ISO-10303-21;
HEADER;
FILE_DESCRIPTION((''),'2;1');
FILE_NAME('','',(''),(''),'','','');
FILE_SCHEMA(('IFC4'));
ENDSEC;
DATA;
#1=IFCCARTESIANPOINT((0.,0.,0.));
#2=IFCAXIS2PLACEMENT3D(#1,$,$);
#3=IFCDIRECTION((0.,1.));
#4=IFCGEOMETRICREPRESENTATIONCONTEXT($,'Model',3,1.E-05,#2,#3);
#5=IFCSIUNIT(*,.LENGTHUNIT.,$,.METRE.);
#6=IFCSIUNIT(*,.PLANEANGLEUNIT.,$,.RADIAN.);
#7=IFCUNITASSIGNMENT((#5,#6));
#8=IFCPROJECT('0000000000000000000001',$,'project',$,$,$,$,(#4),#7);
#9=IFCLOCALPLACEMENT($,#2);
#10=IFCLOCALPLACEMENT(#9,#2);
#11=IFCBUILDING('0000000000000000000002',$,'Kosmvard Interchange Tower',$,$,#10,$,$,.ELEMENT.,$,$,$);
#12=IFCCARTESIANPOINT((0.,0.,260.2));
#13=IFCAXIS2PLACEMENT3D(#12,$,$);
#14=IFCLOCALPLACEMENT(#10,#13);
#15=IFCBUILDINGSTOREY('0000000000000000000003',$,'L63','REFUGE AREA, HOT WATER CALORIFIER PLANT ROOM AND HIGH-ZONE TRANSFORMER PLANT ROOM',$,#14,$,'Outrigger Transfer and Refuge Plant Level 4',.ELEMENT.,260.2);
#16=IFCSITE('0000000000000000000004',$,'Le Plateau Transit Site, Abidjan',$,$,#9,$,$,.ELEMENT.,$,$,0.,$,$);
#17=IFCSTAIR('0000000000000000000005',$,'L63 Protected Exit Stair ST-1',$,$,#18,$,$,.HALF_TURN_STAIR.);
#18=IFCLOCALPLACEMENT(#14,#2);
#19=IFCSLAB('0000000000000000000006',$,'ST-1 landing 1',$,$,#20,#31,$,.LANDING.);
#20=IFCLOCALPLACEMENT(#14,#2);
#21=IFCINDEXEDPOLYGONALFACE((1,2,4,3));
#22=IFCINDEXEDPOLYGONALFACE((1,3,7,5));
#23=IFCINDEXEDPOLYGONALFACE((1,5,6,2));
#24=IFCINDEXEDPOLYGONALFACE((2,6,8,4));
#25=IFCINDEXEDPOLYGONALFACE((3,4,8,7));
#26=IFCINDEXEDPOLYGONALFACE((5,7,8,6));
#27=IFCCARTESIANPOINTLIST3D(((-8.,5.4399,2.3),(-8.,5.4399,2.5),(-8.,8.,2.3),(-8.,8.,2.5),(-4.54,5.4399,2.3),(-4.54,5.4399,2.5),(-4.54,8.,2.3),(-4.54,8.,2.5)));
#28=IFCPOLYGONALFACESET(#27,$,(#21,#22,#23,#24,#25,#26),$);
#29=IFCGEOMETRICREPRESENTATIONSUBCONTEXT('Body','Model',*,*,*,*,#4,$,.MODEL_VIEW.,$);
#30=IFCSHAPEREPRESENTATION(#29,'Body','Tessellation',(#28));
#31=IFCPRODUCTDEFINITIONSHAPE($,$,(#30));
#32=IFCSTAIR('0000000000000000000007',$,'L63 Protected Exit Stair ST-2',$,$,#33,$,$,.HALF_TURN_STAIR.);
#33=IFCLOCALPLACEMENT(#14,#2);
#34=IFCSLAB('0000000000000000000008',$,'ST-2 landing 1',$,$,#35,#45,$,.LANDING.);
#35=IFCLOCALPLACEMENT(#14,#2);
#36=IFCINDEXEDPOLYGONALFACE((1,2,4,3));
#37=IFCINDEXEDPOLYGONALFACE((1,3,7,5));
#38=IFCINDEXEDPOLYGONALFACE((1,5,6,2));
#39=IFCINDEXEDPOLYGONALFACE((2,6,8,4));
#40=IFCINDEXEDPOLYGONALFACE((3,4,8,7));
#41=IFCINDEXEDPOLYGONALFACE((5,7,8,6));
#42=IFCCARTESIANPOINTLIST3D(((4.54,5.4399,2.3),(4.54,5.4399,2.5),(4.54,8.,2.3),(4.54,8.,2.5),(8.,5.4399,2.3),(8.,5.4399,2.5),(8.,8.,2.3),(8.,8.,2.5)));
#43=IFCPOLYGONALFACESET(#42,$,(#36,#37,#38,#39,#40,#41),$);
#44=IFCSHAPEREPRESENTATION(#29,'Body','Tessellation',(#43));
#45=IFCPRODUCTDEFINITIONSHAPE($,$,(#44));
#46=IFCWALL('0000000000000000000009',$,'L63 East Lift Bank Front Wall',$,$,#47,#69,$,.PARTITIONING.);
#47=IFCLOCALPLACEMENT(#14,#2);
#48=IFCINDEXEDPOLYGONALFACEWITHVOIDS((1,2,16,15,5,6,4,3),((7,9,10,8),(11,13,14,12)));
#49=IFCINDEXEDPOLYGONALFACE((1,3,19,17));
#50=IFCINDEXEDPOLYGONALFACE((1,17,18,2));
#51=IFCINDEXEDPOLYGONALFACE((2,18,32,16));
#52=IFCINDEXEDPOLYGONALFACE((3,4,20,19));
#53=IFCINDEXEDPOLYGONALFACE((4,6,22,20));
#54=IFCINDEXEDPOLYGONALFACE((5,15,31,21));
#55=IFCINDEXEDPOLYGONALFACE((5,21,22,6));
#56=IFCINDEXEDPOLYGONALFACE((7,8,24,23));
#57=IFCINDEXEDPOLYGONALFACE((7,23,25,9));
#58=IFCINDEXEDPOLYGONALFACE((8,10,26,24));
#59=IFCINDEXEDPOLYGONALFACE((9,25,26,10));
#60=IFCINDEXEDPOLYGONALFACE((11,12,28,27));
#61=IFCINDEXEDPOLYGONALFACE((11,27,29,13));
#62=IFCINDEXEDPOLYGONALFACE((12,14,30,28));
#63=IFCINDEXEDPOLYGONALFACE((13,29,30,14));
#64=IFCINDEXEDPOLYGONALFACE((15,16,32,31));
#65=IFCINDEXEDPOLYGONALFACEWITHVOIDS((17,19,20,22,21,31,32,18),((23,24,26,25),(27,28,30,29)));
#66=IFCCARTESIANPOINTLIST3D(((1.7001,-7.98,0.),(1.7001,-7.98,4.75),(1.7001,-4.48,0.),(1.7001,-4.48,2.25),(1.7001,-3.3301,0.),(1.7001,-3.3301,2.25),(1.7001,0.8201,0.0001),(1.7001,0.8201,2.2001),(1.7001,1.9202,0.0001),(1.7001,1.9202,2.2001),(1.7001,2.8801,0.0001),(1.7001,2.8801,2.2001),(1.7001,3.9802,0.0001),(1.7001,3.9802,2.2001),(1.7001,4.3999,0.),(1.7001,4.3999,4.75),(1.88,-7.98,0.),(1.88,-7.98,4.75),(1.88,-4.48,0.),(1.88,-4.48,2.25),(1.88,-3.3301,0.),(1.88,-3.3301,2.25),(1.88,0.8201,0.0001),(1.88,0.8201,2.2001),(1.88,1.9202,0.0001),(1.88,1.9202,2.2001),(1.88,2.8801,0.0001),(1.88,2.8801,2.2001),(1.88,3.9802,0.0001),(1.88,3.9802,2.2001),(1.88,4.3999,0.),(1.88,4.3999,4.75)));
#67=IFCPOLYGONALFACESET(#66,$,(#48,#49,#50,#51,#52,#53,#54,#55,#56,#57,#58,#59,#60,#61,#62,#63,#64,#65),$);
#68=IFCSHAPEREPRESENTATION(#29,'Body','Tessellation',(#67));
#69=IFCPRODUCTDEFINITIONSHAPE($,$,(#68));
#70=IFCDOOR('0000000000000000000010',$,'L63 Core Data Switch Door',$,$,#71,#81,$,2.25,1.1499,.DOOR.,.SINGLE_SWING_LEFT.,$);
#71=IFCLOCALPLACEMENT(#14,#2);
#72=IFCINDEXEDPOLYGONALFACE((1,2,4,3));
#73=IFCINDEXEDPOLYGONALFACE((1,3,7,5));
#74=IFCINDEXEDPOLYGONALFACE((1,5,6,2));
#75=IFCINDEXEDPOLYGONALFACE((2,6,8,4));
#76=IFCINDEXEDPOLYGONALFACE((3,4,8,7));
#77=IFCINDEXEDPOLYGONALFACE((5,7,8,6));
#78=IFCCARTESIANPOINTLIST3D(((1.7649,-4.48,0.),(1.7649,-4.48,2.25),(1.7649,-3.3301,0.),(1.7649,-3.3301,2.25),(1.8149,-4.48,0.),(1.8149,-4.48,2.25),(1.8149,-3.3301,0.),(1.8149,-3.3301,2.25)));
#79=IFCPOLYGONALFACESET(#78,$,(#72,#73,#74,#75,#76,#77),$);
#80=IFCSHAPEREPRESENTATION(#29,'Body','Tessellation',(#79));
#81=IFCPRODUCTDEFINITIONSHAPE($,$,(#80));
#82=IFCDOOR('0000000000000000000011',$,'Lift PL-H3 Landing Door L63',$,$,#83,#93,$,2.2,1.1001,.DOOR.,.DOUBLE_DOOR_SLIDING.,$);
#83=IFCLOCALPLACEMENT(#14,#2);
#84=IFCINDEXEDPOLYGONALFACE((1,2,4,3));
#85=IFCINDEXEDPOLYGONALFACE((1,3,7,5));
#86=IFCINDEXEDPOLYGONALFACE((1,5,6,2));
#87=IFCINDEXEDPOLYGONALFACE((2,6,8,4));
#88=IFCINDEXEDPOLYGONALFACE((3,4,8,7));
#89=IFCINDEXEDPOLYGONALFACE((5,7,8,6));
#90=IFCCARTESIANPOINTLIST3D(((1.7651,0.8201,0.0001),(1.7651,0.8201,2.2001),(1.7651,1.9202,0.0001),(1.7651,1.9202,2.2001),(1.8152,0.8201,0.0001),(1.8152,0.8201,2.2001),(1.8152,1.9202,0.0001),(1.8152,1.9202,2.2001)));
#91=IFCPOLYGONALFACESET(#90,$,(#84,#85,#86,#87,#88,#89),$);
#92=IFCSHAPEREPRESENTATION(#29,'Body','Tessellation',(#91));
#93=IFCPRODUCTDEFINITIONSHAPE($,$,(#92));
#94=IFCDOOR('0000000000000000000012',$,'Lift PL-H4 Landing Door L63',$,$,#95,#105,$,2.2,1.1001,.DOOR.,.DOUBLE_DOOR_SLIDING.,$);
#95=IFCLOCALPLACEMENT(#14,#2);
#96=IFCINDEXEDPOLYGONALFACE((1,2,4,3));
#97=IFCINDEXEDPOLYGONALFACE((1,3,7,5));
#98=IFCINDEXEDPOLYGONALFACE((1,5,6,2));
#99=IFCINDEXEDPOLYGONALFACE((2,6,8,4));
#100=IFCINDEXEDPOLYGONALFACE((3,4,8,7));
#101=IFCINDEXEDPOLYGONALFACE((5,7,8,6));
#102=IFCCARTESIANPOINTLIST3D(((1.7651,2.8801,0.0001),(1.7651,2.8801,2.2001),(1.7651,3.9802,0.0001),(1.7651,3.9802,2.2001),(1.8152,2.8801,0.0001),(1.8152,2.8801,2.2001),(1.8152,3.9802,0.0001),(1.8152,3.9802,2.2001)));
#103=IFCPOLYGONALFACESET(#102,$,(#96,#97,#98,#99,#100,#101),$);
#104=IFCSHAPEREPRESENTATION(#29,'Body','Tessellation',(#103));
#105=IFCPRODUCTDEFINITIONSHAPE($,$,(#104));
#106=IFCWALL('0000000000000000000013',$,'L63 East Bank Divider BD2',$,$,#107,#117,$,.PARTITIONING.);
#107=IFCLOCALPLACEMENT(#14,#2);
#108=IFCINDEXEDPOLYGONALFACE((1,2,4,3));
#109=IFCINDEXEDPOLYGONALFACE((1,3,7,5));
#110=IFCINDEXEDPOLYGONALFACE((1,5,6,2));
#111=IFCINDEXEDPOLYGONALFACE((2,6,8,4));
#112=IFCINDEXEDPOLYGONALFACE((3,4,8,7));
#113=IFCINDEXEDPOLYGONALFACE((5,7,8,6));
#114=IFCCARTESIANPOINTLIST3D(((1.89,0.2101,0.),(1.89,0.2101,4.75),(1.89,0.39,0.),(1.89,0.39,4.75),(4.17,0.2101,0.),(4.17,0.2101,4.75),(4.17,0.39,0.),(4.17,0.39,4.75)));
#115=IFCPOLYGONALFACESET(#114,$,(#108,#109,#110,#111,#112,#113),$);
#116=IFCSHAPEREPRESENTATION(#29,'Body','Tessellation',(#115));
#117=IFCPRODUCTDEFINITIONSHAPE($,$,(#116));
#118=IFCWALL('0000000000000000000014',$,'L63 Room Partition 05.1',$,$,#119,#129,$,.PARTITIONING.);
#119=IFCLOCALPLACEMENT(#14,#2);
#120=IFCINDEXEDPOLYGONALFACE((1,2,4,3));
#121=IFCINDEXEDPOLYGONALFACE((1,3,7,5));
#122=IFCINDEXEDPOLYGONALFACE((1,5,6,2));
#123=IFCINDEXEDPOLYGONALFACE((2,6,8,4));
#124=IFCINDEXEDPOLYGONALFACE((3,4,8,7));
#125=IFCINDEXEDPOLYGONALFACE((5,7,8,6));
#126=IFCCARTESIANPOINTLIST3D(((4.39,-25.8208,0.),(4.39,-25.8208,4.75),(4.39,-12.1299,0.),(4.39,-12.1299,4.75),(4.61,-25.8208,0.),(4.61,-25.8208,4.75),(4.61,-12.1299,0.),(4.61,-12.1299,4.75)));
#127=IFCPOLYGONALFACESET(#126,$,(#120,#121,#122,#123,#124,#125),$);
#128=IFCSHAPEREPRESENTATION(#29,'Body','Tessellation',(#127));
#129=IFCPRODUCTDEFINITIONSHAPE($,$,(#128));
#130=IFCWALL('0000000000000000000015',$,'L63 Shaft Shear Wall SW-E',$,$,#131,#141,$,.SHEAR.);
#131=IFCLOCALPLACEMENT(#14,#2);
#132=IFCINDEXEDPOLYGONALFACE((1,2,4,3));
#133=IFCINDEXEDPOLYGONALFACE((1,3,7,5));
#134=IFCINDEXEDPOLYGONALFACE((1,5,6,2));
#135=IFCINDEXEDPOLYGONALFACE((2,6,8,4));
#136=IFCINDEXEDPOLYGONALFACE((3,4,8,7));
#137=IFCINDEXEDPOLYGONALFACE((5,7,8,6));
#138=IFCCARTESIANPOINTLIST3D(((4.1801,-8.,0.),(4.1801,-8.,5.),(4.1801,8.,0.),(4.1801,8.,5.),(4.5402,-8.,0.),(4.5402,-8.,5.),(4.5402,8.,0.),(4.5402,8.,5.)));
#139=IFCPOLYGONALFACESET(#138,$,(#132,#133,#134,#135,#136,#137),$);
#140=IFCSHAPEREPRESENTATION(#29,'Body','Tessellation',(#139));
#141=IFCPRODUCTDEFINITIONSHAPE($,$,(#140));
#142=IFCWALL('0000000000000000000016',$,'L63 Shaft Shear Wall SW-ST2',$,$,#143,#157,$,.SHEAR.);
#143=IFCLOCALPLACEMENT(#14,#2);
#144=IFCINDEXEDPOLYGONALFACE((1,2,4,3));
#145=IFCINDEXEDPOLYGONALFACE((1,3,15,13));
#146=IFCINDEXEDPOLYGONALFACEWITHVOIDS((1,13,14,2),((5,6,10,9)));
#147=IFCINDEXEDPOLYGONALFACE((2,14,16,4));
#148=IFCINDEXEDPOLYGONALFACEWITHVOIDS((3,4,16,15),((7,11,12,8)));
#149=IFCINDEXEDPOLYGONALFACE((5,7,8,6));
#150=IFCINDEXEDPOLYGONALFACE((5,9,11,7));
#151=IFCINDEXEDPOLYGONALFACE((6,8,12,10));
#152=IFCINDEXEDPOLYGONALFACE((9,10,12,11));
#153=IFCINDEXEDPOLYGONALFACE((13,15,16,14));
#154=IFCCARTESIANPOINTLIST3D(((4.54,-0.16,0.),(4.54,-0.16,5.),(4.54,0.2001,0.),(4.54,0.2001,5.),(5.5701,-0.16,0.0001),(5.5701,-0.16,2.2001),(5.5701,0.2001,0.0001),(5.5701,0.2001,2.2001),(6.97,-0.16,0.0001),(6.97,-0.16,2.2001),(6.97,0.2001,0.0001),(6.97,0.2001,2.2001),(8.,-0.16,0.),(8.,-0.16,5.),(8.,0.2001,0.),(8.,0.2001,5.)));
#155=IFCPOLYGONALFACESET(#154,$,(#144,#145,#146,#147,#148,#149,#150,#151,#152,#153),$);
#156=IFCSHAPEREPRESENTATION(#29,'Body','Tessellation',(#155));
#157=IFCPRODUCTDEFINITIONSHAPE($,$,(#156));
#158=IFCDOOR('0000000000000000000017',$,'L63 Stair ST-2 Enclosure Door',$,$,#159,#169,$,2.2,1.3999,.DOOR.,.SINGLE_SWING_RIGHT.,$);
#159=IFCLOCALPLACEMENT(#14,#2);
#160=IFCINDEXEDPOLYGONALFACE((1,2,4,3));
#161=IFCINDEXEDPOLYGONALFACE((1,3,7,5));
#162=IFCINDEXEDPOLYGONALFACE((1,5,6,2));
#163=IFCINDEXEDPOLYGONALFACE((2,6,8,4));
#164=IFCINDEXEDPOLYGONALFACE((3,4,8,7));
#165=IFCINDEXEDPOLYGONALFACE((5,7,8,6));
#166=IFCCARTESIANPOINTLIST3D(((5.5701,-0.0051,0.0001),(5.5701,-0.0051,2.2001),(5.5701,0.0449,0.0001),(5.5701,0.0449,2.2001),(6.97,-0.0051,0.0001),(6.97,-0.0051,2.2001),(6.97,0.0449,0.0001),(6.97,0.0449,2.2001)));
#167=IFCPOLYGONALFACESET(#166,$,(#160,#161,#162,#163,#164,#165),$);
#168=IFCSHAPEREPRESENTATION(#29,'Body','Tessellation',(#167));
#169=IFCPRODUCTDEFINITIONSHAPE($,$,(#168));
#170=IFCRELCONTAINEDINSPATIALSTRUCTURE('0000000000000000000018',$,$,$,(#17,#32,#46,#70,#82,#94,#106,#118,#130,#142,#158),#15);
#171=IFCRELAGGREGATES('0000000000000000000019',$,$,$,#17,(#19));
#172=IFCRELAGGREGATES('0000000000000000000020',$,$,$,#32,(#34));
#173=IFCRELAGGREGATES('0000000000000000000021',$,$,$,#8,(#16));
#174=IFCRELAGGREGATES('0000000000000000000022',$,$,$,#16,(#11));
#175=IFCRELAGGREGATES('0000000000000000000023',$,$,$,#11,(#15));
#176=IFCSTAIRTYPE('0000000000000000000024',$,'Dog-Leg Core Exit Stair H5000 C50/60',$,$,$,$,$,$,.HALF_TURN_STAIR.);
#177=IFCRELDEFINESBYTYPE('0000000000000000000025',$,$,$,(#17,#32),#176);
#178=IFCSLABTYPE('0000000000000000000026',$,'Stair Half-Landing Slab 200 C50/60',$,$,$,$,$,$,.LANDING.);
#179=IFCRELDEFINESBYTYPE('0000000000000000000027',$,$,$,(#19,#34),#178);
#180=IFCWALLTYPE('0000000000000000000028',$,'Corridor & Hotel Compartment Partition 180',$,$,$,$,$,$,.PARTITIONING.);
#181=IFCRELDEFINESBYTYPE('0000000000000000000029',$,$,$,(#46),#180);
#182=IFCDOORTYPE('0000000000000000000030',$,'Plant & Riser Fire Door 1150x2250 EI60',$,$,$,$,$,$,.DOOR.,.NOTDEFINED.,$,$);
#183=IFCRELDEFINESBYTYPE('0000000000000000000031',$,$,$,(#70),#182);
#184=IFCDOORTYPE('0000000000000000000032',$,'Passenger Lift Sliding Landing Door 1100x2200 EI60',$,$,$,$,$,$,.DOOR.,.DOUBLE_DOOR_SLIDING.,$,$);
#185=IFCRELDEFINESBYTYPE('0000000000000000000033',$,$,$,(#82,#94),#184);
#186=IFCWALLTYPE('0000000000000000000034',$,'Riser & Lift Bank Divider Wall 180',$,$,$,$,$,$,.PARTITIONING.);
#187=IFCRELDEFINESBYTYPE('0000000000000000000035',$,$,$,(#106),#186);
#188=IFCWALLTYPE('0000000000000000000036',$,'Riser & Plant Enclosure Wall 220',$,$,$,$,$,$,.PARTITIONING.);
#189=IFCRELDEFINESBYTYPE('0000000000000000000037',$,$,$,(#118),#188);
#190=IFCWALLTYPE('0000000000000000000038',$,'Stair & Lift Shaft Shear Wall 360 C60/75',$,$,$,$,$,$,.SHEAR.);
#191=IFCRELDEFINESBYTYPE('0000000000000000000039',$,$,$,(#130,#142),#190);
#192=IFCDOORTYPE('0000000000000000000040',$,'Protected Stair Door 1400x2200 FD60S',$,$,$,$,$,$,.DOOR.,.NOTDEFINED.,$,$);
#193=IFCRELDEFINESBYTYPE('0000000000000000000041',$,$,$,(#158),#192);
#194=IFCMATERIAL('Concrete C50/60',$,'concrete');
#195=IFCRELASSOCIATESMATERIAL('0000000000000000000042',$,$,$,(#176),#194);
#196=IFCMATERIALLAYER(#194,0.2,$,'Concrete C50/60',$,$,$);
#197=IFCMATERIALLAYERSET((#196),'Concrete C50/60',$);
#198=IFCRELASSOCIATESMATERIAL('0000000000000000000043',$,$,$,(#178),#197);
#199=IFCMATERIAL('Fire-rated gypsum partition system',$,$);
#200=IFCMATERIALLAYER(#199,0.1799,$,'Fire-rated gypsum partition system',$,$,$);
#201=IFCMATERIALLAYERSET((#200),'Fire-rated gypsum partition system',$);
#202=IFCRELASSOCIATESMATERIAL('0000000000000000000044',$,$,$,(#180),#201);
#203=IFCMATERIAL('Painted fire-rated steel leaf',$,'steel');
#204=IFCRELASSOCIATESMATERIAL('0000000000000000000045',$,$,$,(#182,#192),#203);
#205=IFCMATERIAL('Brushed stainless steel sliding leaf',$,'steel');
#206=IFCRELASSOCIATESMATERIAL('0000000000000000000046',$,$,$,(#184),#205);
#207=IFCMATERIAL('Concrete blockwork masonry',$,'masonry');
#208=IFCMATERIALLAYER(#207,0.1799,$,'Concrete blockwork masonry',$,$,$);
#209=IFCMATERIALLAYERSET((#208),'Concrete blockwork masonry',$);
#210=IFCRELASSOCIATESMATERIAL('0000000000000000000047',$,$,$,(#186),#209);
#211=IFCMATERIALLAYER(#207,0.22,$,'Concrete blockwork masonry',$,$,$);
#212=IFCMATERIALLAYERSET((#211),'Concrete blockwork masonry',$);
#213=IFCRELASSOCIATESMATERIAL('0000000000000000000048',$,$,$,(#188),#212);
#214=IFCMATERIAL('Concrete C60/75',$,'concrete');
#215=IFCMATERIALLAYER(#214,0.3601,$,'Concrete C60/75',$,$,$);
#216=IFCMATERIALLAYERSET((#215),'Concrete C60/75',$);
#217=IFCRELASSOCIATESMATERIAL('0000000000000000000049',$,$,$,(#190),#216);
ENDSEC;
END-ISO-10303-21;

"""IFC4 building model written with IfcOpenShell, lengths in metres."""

from ifc_helpers import new_model, si_unit, direction, frame, frame_2d, origin, place, context, subcontext, project, spatial, polyline, rectangle, outline, extrude, source, transform, mapped, material, layer, layer_set, type_object, element, fill, aggregate, save


model = new_model("IFC4")

# Units and contexts
model_context = context("Model", 3, precision=1e-05, world=origin(), true_north=direction((0.0, 1.0)))
body_context = subcontext(model_context, "Body", "Model", "MODEL_VIEW")
ifc_project = project(units=[si_unit("LENGTHUNIT", "METRE"), si_unit("PLANEANGLEUNIT", "RADIAN")], contexts=[model_context])

# Site, building, storey
site_placement = place(None, origin())
site = spatial("IfcSite", under=ifc_project, at=site_placement, Name="Le Plateau Transit Site, Abidjan", CompositionType="ELEMENT", RefElevation=0.0)
building_placement = place(site_placement, origin())
building = spatial("IfcBuilding", under=site, at=building_placement, Name="Kosmvard Interchange Tower", CompositionType="ELEMENT")
storey_placement = place(building_placement, frame((0.0, 0.0, 260.2)))
storey = spatial("IfcBuildingStorey", under=building, at=storey_placement, Name="L63", Description="REFUGE AREA, HOT WATER CALORIFIER PLANT ROOM AND HIGH-ZONE TRANSFORMER PLANT ROOM", LongName="Outrigger Transfer and Refuge Plant Level 4", CompositionType="ELEMENT", Elevation=260.2)

# Shared definitions
ifc_material_1 = material(Name="Concrete C60/75", Category="concrete")

# Stairs, slabs
ifc_material_2 = material(Name="Concrete C50/60", Category="concrete")
stair_type = type_object("IfcStairType", Name="Dog-Leg Core Exit Stair H5000 C50/60", PredefinedType="HALF_TURN_STAIR", material=ifc_material_2)
stair_1_placement = place(storey_placement, origin())
stair_1 = element("IfcStair", 1, at=stair_1_placement, inside=storey, type_object=stair_type, Name="L63 Protected Exit Stair ST-1", PredefinedType="HALF_TURN_STAIR")
ifc_layer_1 = layer(ifc_material_2, 0.2, Name="Concrete C50/60")
ifc_layer_set_1 = layer_set([ifc_layer_1], Name="Concrete C50/60")
slab_type_1 = type_object("IfcSlabType", Name="Stair Half-Landing Slab 200 C50/60", PredefinedType="LANDING", material=ifc_layer_set_1)
slab_1_placement = place(storey_placement, frame((0.0, 0.0, 2.3)))
slab_1 = element("IfcSlab", 2, at=slab_1_placement, type_object=slab_type_1, Name="ST-1 landing 1", PredefinedType="LANDING", context=body_context, shape_type="SweptSolid", body=[
    extrude(outline(polyline([(-4.54, 5.4399), (-4.54, 8.0), (-8.0, 8.0), (-8.0, 5.4399), (-4.54, 5.4399)])), origin(), (0.0, 0.0, 1.0), 0.2),
])
aggregate(stair_1, [slab_1])
stair_2_placement = place(storey_placement, origin())
stair_2 = element("IfcStair", 3, at=stair_2_placement, inside=storey, type_object=stair_type, Name="L63 Protected Exit Stair ST-2", PredefinedType="HALF_TURN_STAIR")
slab_2_placement = place(storey_placement, frame((0.0, 0.0, 2.3)))
slab_2 = element("IfcSlab", 4, at=slab_2_placement, type_object=slab_type_1, Name="ST-2 landing 1", PredefinedType="LANDING", context=body_context, shape_type="SweptSolid", body=[
    extrude(outline(polyline([(8.0, 5.4399), (8.0, 8.0), (4.54, 8.0), (4.54, 5.4399), (8.0, 5.4399)])), origin(), (0.0, 0.0, 1.0), 0.2),
])
aggregate(stair_2, [slab_2])

# Wall, openings, doors
ifc_material_3 = material(Name="Fire-rated gypsum partition system")
ifc_layer_2 = layer(ifc_material_3, 0.1799, Name="Fire-rated gypsum partition system")
ifc_layer_set_2 = layer_set([ifc_layer_2], Name="Fire-rated gypsum partition system")
wall_type_1 = type_object("IfcWallType", Name="Corridor & Hotel Compartment Partition 180", PredefinedType="PARTITIONING", material=ifc_layer_set_2)
wall_1_placement = place(storey_placement, frame((1.79, -7.98, 0.0), z_axis=(0.0, 0.0, 1.0), x_axis=(0.0, 1.0, 0.0)))
wall_1 = element("IfcWall", 5, at=wall_1_placement, inside=storey, type_object=wall_type_1, Name="L63 East Lift Bank Front Wall", PredefinedType="PARTITIONING", context=body_context, shape_type="SweptSolid", body=[
    extrude(rectangle(XDim=12.3799, YDim=0.1799, at=frame_2d((6.1899, 0.0))), origin(), (0.0, 0.0, 1.0), 4.75),
])
opening_1_placement = place(wall_1_placement, frame((8.8, 0.0, 0.0)))
opening_1 = element("IfcOpeningElement", 6, at=opening_1_placement, cuts=wall_1, PredefinedType="OPENING", context=body_context, shape_type="SweptSolid", body=[
    extrude(rectangle(XDim=1.1001, YDim=2.2, at=frame_2d((0.55, 1.1001))), frame((0.0, 0.1001, 0.0), z_axis=(0.0, -1.0, 0.0), x_axis=(1.0, 0.0, 0.0)), (0.0, 0.0, 1.0), 0.2),
])
opening_2_placement = place(wall_1_placement, frame((10.8601, 0.0, 0.0)))
opening_2 = element("IfcOpeningElement", 7, at=opening_2_placement, cuts=wall_1, PredefinedType="OPENING", context=body_context, shape_type="SweptSolid", body=[
    extrude(rectangle(XDim=1.1001, YDim=2.2, at=frame_2d((0.55, 1.1001))), frame((0.0, 0.1001, 0.0), z_axis=(0.0, -1.0, 0.0), x_axis=(1.0, 0.0, 0.0)), (0.0, 0.0, 1.0), 0.2),
])
opening_3_placement = place(wall_1_placement, frame((3.5, 0.0, 0.0)))
opening_3 = element("IfcOpeningElement", 8, at=opening_3_placement, cuts=wall_1, PredefinedType="OPENING", context=body_context, shape_type="SweptSolid", body=[
    extrude(rectangle(XDim=1.1499, YDim=2.25, at=frame_2d((0.575, 1.125))), frame((0.0, 0.1001, 0.0), z_axis=(0.0, -1.0, 0.0), x_axis=(1.0, 0.0, 0.0)), (0.0, 0.0, 1.0), 0.2),
])
ifc_material_4 = material(Name="Painted fire-rated steel leaf", Category="steel")
door_type_1 = type_object("IfcDoorType", Name="Plant & Riser Fire Door 1150x2250 EI60", OperationType="NOTDEFINED", PredefinedType="DOOR", material=ifc_material_4)
shared_shape_1 = source(origin(), body_context, "Body", "SweptSolid", [
    extrude(rectangle(XDim=1.1499, YDim=2.25, at=frame_2d((0.575, 1.125))), frame((0.0, 0.0249, 0.0), z_axis=(0.0, -1.0, 0.0), x_axis=(1.0, 0.0, 0.0)), (0.0, 0.0, 1.0), 0.05),
])
door_1_placement = place(opening_3_placement, frame((1.1499, 0.0, 0.0), z_axis=(0.0, 0.0, 1.0), x_axis=(-1.0, 0.0, 0.0)))
door_1 = element("IfcDoor", 9, at=door_1_placement, inside=storey, type_object=door_type_1, Name="L63 Core Data Switch Door", OperationType="SINGLE_SWING_LEFT", OverallHeight=2.25, OverallWidth=1.1499, PredefinedType="DOOR", context=body_context, shape_type="MappedRepresentation", body=[
    mapped(shared_shape_1, transform((0.0, 0.0, 0.0), scale=1.0)),
])
fill(opening_3, door_1)
ifc_material_5 = material(Name="Brushed stainless steel sliding leaf", Category="steel")
door_type_2 = type_object("IfcDoorType", Name="Passenger Lift Sliding Landing Door 1100x2200 EI60", OperationType="DOUBLE_DOOR_SLIDING", PredefinedType="DOOR", material=ifc_material_5)
shared_shape_2 = source(origin(), body_context, "Body", "SweptSolid", [
    extrude(rectangle(XDim=1.1001, YDim=2.2, at=frame_2d((0.55, 1.1001))), frame((0.0, 0.0249, 0.0), z_axis=(0.0, -1.0, 0.0), x_axis=(1.0, 0.0, 0.0)), (0.0, 0.0, 1.0), 0.05),
])
door_2_placement = place(opening_1_placement, origin())
door_2 = element("IfcDoor", 10, at=door_2_placement, inside=storey, type_object=door_type_2, Name="Lift PL-H3 Landing Door L63", OperationType="DOUBLE_DOOR_SLIDING", OverallHeight=2.2, OverallWidth=1.1001, PredefinedType="DOOR", context=body_context, shape_type="MappedRepresentation", body=[
    mapped(shared_shape_2, transform((0.0, 0.0, 0.0), scale=1.0)),
])
fill(opening_1, door_2)
door_3_placement = place(opening_2_placement, origin())
door_3 = element("IfcDoor", 11, at=door_3_placement, inside=storey, type_object=door_type_2, Name="Lift PL-H4 Landing Door L63", OperationType="DOUBLE_DOOR_SLIDING", OverallHeight=2.2, OverallWidth=1.1001, PredefinedType="DOOR", context=body_context, shape_type="MappedRepresentation", body=[
    mapped(shared_shape_2, transform((0.0, 0.0, 0.0), scale=1.0)),
])
fill(opening_2, door_3)

# Walls
ifc_material_6 = material(Name="Concrete blockwork masonry", Category="masonry")
ifc_layer_3 = layer(ifc_material_6, 0.1799, Name="Concrete blockwork masonry")
ifc_layer_set_3 = layer_set([ifc_layer_3], Name="Concrete blockwork masonry")
wall_type_2 = type_object("IfcWallType", Name="Riser & Lift Bank Divider Wall 180", PredefinedType="PARTITIONING", material=ifc_layer_set_3)
wall_2_placement = place(storey_placement, frame((1.8899, 0.3, 0.0), z_axis=(0.0, 0.0, 1.0), x_axis=(1.0, 0.0, 0.0)))
element("IfcWall", 12, at=wall_2_placement, inside=storey, type_object=wall_type_2, Name="L63 East Bank Divider BD2", PredefinedType="PARTITIONING", context=body_context, shape_type="SweptSolid", body=[
    extrude(rectangle(XDim=2.28, YDim=0.1799, at=frame_2d((1.1401, 0.0))), origin(), (0.0, 0.0, 1.0), 4.75),
])
ifc_layer_4 = layer(ifc_material_6, 0.22, Name="Concrete blockwork masonry")
ifc_layer_set_4 = layer_set([ifc_layer_4], Name="Concrete blockwork masonry")
wall_type_3 = type_object("IfcWallType", Name="Riser & Plant Enclosure Wall 220", PredefinedType="PARTITIONING", material=ifc_layer_set_4)
wall_3_placement = place(storey_placement, frame((4.5, -12.1299, 0.0), z_axis=(0.0, 0.0, 1.0), x_axis=(0.0, -1.0, 0.0)))
element("IfcWall", 13, at=wall_3_placement, inside=storey, type_object=wall_type_3, Name="L63 Room Partition 05.1", PredefinedType="PARTITIONING", context=body_context, shape_type="SweptSolid", body=[
    extrude(rectangle(XDim=13.6909, YDim=0.22, at=frame_2d((6.8455, 0.0))), origin(), (0.0, 0.0, 1.0), 4.75),
])
ifc_layer_5 = layer(ifc_material_1, 0.3601, Name="Concrete C60/75")
ifc_layer_set_5 = layer_set([ifc_layer_5], Name="Concrete C60/75")
wall_type_4 = type_object("IfcWallType", Name="Stair & Lift Shaft Shear Wall 360 C60/75", PredefinedType="SHEAR", material=ifc_layer_set_5)
wall_4_placement = place(storey_placement, frame((4.3601, -8.0, 0.0), z_axis=(0.0, 0.0, 1.0), x_axis=(0.0, 1.0, 0.0)))
element("IfcWall", 14, at=wall_4_placement, inside=storey, type_object=wall_type_4, Name="L63 Shaft Shear Wall SW-E", PredefinedType="SHEAR", context=body_context, shape_type="SweptSolid", body=[
    extrude(rectangle(XDim=16.0, YDim=0.3601, at=frame_2d((8.0, 0.0))), origin(), (0.0, 0.0, 1.0), 5.0),
])

# Wall, opening, door
wall_5_placement = place(storey_placement, frame((4.54, 0.02, 0.0), z_axis=(0.0, 0.0, 1.0), x_axis=(1.0, 0.0, 0.0)))
wall_5 = element("IfcWall", 15, at=wall_5_placement, inside=storey, type_object=wall_type_4, Name="L63 Shaft Shear Wall SW-ST2", PredefinedType="SHEAR", context=body_context, shape_type="SweptSolid", body=[
    extrude(rectangle(XDim=3.46, YDim=0.3601, at=frame_2d((1.73, 0.0))), origin(), (0.0, 0.0, 1.0), 5.0),
])
opening_4_placement = place(wall_5_placement, frame((1.03, 0.0, 0.0)))
opening_4 = element("IfcOpeningElement", 16, at=opening_4_placement, cuts=wall_5, PredefinedType="OPENING", context=body_context, shape_type="SweptSolid", body=[
    extrude(rectangle(XDim=1.3999, YDim=2.2, at=frame_2d((0.7, 1.1001))), frame((0.0, 0.1899, 0.0), z_axis=(0.0, -1.0, 0.0), x_axis=(1.0, 0.0, 0.0)), (0.0, 0.0, 1.0), 0.3801),
])
door_type_3 = type_object("IfcDoorType", Name="Protected Stair Door 1400x2200 FD60S", OperationType="NOTDEFINED", PredefinedType="DOOR", material=ifc_material_4)
shared_shape_3 = source(origin(), body_context, "Body", "SweptSolid", [
    extrude(rectangle(XDim=1.3999, YDim=2.2, at=frame_2d((0.7, 1.1001))), frame((0.0, 0.0249, 0.0), z_axis=(0.0, -1.0, 0.0), x_axis=(1.0, 0.0, 0.0)), (0.0, 0.0, 1.0), 0.05),
])
door_4_placement = place(opening_4_placement, origin())
door_4 = element("IfcDoor", 17, at=door_4_placement, inside=storey, type_object=door_type_3, Name="L63 Stair ST-2 Enclosure Door", OperationType="SINGLE_SWING_RIGHT", OverallHeight=2.2, OverallWidth=1.3999, PredefinedType="DOOR", context=body_context, shape_type="MappedRepresentation", body=[
    mapped(shared_shape_3, transform((0.0, 0.0, 0.0), scale=1.0)),
])
fill(opening_4, door_4)

save(model, "model.ifc")
